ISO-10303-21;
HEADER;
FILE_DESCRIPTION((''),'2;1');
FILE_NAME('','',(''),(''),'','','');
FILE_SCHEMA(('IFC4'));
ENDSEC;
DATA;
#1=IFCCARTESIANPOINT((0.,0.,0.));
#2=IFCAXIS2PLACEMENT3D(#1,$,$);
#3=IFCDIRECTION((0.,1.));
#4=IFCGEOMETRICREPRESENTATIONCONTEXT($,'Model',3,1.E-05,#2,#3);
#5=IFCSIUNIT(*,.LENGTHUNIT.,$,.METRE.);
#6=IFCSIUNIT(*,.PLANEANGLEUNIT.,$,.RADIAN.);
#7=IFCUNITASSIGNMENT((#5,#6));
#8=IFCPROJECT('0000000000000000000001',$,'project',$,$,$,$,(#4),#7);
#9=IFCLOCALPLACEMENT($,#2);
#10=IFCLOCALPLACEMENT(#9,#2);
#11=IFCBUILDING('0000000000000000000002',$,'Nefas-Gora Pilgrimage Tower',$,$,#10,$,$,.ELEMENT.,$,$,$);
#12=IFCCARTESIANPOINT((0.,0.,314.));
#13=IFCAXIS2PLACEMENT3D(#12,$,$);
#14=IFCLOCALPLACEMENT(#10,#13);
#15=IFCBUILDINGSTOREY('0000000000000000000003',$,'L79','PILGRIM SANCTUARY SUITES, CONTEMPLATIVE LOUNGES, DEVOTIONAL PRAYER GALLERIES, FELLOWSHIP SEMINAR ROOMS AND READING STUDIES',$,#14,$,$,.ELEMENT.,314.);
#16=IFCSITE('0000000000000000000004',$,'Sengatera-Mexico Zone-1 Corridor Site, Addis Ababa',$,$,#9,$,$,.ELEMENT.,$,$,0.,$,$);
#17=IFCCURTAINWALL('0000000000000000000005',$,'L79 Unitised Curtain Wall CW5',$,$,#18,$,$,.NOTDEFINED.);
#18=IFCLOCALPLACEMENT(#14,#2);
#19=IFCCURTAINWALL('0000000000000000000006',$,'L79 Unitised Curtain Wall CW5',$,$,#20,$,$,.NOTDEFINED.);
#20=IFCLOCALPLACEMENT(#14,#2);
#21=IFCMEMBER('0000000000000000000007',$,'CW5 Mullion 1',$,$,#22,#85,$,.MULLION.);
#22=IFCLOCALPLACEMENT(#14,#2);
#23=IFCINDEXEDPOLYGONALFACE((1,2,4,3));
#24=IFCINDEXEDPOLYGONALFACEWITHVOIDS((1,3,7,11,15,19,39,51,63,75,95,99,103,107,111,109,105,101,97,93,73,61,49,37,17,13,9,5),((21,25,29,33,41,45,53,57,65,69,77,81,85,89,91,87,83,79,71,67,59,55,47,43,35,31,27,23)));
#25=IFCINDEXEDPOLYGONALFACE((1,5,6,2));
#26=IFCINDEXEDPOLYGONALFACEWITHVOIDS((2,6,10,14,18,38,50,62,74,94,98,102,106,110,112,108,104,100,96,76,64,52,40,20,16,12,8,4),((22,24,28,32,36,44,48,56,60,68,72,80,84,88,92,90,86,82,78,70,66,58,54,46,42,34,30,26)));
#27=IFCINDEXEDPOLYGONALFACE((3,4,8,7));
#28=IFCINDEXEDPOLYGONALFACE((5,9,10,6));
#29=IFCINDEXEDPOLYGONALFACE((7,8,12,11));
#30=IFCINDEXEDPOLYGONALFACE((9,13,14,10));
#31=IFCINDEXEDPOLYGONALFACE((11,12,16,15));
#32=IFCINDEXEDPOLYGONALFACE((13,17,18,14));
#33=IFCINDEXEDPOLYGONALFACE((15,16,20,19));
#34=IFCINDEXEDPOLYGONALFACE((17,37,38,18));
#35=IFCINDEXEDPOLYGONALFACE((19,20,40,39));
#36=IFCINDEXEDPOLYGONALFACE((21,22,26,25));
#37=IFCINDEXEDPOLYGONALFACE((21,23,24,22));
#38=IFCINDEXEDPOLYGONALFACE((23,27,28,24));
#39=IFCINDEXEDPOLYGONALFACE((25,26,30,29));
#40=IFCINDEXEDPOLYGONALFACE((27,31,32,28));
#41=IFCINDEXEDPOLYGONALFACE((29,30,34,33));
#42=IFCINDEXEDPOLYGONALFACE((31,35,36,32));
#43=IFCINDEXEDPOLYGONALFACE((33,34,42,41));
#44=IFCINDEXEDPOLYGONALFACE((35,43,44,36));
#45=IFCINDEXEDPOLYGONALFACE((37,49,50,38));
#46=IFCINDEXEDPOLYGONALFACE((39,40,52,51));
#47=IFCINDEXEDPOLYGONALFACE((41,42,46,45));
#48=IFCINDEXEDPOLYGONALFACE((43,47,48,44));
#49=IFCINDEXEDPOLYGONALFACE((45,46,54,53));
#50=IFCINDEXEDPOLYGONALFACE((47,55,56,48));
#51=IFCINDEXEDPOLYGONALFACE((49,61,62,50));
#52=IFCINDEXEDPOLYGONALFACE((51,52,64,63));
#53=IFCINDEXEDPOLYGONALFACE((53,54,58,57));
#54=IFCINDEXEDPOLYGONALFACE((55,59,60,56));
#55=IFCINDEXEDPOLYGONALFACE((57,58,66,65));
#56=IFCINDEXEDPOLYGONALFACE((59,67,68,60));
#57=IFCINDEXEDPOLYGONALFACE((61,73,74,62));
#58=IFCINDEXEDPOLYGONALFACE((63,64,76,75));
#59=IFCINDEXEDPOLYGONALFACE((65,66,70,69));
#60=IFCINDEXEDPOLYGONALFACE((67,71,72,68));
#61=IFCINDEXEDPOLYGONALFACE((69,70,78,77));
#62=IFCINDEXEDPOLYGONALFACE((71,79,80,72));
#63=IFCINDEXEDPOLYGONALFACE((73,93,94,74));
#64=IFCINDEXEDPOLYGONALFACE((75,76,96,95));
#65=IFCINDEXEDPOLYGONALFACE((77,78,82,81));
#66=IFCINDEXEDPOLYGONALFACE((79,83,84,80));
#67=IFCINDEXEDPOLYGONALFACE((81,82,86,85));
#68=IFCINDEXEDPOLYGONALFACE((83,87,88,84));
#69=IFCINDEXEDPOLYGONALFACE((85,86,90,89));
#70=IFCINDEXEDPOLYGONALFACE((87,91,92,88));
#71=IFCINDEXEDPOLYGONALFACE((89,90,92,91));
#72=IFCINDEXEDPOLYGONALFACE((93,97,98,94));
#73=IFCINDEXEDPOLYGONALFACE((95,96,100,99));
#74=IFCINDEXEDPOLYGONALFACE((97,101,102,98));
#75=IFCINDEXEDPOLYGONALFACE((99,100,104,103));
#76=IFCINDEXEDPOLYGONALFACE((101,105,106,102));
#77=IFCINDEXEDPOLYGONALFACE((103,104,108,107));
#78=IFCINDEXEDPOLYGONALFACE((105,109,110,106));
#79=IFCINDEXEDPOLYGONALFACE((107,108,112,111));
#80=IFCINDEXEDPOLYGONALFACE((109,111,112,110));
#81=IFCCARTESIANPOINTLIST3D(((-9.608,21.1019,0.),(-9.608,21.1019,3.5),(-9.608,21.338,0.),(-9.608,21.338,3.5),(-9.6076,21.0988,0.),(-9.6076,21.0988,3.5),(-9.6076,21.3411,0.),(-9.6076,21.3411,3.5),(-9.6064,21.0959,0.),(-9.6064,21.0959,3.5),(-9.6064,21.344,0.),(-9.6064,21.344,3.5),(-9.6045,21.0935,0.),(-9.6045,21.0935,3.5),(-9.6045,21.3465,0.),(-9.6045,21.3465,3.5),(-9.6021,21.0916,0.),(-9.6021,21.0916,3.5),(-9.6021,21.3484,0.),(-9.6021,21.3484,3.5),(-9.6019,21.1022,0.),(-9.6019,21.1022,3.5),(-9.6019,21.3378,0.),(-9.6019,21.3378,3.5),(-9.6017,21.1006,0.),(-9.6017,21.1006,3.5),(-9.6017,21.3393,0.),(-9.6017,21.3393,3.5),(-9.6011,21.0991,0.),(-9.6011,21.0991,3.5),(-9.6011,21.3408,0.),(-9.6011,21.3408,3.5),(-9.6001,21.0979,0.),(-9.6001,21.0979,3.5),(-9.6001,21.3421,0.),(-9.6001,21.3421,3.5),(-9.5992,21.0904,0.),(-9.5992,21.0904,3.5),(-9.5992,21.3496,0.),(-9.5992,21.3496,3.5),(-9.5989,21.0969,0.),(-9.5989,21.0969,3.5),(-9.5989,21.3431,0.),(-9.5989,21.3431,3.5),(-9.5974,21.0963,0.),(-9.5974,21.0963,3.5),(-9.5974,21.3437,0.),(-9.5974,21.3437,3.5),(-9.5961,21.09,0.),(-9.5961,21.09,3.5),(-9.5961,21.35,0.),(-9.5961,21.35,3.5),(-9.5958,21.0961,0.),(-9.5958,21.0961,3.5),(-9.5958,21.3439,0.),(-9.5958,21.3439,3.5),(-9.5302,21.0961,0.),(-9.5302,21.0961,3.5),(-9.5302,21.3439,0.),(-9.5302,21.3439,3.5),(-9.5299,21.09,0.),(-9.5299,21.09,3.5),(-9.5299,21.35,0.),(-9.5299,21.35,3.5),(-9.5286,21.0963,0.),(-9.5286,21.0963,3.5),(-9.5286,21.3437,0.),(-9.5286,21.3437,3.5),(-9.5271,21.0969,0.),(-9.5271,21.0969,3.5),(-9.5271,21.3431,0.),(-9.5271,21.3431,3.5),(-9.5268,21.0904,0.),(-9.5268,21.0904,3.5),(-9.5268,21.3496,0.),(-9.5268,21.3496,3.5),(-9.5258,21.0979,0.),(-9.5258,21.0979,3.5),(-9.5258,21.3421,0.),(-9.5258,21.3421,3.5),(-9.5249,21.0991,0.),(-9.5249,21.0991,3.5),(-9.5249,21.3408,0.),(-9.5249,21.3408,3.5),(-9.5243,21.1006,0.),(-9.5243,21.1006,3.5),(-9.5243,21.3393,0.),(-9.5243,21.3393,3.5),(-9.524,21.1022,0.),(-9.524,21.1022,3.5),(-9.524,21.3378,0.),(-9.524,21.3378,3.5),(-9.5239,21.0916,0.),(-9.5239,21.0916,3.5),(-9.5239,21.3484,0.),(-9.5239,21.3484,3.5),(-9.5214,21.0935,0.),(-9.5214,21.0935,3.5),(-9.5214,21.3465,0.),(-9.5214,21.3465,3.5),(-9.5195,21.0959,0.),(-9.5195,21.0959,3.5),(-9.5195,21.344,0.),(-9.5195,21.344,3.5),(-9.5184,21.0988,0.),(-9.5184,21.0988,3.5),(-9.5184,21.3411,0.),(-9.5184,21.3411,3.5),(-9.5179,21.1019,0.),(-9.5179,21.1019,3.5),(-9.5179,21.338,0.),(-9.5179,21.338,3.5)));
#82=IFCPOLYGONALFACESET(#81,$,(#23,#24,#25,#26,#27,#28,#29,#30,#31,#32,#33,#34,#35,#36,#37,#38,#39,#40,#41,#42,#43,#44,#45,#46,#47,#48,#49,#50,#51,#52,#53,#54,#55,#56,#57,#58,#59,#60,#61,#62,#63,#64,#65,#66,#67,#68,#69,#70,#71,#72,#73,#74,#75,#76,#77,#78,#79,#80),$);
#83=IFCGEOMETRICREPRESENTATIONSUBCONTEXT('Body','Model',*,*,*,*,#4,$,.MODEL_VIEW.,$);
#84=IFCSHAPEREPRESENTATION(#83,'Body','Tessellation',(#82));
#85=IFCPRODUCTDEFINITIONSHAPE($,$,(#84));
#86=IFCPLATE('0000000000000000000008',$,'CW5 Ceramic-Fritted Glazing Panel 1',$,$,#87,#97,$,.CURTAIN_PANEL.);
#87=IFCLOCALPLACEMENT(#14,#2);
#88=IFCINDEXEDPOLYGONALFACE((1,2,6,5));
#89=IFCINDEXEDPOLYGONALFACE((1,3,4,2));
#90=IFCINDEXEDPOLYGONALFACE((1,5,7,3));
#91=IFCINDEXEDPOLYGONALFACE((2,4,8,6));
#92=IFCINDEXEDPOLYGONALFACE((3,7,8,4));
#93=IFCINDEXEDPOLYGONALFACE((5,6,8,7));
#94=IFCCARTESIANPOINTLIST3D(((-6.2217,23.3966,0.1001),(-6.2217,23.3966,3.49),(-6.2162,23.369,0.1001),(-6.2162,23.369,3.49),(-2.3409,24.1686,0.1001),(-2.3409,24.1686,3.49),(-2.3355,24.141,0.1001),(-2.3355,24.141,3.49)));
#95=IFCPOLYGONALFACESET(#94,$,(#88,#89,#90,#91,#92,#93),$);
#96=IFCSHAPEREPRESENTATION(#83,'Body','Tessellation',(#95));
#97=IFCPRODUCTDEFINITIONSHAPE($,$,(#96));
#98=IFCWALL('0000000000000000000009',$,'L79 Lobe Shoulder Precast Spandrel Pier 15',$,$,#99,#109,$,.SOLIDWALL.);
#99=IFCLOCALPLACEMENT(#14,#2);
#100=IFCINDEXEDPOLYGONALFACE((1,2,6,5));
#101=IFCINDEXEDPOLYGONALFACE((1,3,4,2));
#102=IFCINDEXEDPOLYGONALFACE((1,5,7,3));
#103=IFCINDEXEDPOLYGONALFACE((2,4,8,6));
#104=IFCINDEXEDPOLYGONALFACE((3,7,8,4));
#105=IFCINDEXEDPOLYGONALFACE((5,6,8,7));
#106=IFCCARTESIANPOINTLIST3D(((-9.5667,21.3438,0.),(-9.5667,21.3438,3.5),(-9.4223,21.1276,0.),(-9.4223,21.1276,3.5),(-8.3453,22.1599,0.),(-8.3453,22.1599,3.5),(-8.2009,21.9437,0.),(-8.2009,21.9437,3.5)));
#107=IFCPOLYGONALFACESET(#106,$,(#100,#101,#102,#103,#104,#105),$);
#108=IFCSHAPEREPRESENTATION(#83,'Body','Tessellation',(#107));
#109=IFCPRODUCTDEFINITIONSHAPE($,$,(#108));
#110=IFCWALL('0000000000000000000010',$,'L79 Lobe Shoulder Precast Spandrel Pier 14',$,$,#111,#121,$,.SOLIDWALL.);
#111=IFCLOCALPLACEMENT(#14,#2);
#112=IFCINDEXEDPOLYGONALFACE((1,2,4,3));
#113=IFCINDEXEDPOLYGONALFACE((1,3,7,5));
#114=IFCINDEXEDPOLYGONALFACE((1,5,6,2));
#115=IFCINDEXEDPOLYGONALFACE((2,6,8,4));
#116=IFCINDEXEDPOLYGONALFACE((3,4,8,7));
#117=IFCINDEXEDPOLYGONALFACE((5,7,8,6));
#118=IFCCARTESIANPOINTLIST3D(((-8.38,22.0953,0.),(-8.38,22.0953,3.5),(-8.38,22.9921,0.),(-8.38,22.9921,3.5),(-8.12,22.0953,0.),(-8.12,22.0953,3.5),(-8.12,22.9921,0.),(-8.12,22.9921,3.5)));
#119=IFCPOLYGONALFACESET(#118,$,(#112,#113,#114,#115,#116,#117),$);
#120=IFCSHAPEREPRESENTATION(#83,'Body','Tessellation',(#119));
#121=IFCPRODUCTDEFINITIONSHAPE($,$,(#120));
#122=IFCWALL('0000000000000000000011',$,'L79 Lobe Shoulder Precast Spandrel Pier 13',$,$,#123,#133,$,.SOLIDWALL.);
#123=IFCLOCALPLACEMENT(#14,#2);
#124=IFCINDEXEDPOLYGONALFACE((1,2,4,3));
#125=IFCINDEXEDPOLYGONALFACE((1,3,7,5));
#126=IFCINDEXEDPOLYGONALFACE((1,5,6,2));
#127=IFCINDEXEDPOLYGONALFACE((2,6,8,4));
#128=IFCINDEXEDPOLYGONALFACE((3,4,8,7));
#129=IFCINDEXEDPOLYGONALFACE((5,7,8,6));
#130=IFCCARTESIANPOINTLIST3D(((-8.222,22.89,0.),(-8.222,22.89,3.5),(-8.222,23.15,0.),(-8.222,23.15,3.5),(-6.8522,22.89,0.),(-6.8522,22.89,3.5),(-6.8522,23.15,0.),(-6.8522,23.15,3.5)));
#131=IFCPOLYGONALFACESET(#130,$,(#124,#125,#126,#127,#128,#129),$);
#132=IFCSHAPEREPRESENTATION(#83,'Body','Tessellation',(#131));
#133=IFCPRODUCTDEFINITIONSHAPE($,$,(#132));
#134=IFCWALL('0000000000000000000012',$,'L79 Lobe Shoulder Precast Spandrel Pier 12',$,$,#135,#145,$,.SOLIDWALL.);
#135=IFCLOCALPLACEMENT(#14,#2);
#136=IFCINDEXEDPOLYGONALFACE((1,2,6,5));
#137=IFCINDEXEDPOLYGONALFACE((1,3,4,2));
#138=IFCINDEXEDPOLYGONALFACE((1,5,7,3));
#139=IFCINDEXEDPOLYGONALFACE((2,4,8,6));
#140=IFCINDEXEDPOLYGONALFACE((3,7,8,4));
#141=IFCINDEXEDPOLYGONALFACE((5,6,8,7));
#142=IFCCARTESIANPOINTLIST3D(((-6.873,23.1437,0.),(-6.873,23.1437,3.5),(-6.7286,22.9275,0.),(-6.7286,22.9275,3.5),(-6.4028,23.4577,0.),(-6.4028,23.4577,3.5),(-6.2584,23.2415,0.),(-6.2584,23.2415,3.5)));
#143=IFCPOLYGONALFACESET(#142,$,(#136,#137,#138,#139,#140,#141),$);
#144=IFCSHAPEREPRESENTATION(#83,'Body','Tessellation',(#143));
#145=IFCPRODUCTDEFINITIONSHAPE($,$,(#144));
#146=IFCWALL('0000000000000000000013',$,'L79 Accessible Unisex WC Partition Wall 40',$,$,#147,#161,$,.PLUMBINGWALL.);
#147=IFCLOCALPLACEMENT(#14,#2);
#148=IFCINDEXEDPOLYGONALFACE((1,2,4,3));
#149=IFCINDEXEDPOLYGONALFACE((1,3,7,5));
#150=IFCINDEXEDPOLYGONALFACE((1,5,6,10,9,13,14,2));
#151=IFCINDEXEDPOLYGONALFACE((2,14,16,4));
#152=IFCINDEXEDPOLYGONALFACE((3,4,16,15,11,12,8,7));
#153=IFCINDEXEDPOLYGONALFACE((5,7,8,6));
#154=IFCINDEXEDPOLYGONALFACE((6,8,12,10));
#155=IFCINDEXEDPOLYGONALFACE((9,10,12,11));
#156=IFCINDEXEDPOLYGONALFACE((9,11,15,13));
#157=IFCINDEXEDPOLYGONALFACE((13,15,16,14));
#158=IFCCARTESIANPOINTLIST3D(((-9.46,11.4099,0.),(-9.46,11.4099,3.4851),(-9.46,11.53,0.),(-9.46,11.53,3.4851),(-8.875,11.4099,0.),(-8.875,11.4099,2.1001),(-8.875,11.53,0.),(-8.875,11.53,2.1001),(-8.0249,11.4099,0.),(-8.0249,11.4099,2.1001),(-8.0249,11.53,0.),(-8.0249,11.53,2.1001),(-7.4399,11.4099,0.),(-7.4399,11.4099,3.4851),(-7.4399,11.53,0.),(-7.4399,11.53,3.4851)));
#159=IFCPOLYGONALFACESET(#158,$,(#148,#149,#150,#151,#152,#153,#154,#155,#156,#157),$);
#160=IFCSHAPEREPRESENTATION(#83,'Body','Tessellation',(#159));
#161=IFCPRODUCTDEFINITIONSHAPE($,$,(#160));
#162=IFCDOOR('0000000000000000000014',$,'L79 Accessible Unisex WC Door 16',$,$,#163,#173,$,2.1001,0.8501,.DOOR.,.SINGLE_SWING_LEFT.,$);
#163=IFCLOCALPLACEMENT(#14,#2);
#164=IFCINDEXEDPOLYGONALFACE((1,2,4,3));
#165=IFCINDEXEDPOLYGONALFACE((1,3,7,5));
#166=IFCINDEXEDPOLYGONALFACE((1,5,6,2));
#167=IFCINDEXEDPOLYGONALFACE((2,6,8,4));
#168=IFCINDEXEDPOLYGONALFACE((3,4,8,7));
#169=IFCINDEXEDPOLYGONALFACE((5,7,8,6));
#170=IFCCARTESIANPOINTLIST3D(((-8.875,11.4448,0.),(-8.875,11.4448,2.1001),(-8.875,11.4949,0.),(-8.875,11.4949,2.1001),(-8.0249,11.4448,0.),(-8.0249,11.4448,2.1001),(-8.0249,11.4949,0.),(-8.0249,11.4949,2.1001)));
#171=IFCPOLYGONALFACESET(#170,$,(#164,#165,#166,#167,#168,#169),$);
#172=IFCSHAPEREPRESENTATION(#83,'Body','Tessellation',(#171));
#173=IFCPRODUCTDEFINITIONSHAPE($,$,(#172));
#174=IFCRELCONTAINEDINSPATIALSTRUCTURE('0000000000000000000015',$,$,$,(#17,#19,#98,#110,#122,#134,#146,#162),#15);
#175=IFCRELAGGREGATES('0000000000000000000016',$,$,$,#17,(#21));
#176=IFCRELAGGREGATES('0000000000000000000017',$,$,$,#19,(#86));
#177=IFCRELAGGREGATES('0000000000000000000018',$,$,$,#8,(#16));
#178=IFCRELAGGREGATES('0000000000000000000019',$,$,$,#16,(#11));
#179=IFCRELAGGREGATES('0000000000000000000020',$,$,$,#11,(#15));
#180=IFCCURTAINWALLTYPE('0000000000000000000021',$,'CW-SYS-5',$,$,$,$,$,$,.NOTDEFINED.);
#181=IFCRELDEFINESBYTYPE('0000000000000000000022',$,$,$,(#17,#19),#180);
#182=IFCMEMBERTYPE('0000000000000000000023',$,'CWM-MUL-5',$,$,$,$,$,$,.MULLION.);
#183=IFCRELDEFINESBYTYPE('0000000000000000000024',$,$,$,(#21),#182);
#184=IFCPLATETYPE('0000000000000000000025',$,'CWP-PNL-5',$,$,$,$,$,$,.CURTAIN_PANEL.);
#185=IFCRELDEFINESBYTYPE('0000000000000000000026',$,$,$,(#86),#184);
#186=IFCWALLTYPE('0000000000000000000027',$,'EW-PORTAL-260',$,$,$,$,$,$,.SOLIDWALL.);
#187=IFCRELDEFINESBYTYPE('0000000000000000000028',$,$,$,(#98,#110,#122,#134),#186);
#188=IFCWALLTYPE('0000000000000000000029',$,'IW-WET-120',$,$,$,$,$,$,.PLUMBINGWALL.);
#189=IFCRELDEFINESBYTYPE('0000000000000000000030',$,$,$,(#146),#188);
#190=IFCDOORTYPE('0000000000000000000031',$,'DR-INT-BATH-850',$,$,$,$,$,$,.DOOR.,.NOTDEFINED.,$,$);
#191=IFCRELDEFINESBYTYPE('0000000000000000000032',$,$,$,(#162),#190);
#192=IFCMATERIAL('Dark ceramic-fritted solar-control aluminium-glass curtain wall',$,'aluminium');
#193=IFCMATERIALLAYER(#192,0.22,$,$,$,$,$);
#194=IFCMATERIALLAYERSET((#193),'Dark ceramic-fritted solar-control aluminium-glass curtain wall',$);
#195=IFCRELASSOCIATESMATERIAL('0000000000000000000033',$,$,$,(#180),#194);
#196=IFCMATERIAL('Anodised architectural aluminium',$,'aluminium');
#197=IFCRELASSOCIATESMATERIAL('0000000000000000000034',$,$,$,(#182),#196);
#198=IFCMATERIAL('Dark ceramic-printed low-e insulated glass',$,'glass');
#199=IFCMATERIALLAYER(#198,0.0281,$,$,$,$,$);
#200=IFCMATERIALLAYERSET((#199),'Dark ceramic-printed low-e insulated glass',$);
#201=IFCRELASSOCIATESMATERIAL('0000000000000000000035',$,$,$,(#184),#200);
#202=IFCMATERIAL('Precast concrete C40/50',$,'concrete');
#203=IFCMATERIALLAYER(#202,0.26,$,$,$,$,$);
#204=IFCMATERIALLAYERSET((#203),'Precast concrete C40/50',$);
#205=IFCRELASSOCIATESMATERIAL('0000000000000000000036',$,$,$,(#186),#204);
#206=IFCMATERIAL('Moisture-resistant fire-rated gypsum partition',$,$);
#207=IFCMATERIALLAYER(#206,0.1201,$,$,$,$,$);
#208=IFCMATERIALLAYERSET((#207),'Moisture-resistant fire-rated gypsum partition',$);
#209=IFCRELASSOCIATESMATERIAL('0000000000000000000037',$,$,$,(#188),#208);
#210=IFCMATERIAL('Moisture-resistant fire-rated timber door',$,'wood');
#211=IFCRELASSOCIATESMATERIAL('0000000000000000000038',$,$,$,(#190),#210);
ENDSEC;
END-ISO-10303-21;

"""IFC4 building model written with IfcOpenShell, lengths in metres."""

from ifc_helpers import new_model, si_unit, direction, frame, frame_2d, origin, origin_2d, place, context, subcontext, project, spatial, rectangle, hollow_rectangle, extrude, source, transform, mapped, material, layer, layer_set, material_profile, profile_set, type_object, element, fill, aggregate, save


model = new_model("IFC4")

# Units and contexts
model_context = context("Model", 3, precision=1e-05, world=origin(), true_north=direction((0.0, 1.0)))
body_context = subcontext(model_context, "Body", "Model", "MODEL_VIEW")
ifc_project = project(units=[si_unit("LENGTHUNIT", "METRE"), si_unit("PLANEANGLEUNIT", "RADIAN")], contexts=[model_context])

# Site, building, storey
site_placement = place(None, origin())
site = spatial("IfcSite", under=ifc_project, at=site_placement, Name="Sengatera-Mexico Zone-1 Corridor Site, Addis Ababa", CompositionType="ELEMENT", RefElevation=0.0)
building_placement = place(site_placement, origin())
building = spatial("IfcBuilding", under=site, at=building_placement, Name="Nefas-Gora Pilgrimage Tower", CompositionType="ELEMENT")
storey_placement = place(building_placement, frame((0.0, 0.0, 314.0)))
storey = spatial("IfcBuildingStorey", under=building, at=storey_placement, Name="L79", Description="PILGRIM SANCTUARY SUITES, CONTEMPLATIVE LOUNGES, DEVOTIONAL PRAYER GALLERIES, FELLOWSHIP SEMINAR ROOMS AND READING STUDIES", CompositionType="ELEMENT", Elevation=314.0)

# Curtain wall
ifc_material_1 = material(Name="Dark ceramic-fritted solar-control aluminium-glass curtain wall", Category="aluminium")
ifc_layer_1 = layer(ifc_material_1, 0.22)
ifc_layer_set_1 = layer_set([ifc_layer_1], Name="Dark ceramic-fritted solar-control aluminium-glass curtain wall")
curtain_wall_type = type_object("IfcCurtainWallType", Name="CW-SYS-5", PredefinedType="NOTDEFINED", material=ifc_layer_set_1)
curtain_wall_1_placement = place(storey_placement, origin())
curtain_wall_1 = element("IfcCurtainWall", 1, at=curtain_wall_1_placement, inside=storey, type_object=curtain_wall_type, Name="L79 Unitised Curtain Wall CW5", PredefinedType="NOTDEFINED")
ifc_material_2 = material(Name="Anodised architectural aluminium", Category="aluminium")

# Curtain wall
curtain_wall_2_placement = place(storey_placement, origin())
curtain_wall_2 = element("IfcCurtainWall", 2, at=curtain_wall_2_placement, inside=storey, type_object=curtain_wall_type, Name="L79 Unitised Curtain Wall CW5", PredefinedType="NOTDEFINED")
ifc_material_profile_1 = material_profile(ifc_material_2, hollow_rectangle(XDim=0.0901, YDim=0.26, WallThickness=0.0061, InnerFilletRadius=0.0061, OuterFilletRadius=0.012, at=origin_2d()), Name="ALU MULLION 90x260")
ifc_profile_set_1 = profile_set([ifc_material_profile_1], Name="Anodised architectural aluminium")
member_type_1 = type_object("IfcMemberType", Name="CWM-MUL-5", PredefinedType="MULLION", material=ifc_profile_set_1)
shared_shape_1 = source(origin(), body_context, "Body", "SweptSolid", [
    extrude(hollow_rectangle(XDim=0.0901, YDim=0.26, WallThickness=0.0061, InnerFilletRadius=0.0061, OuterFilletRadius=0.012, at=origin_2d()), origin(), (0.0, 0.0, 1.0), 3.5),
])

# Member
member_1_placement = place(storey_placement, frame((-9.563, 21.22, 0.0), z_axis=(0.0, 0.0, 1.0), x_axis=(-1.0, 0.0, 0.0)))
member_1 = element("IfcMember", 3, at=member_1_placement, type_object=member_type_1, Name="CW5 Mullion 1", PredefinedType="MULLION", context=body_context, shape_type="MappedRepresentation", body=[
    mapped(shared_shape_1, transform((0.0, 0.0, 0.0), x_axis=(1.0, 0.0, 0.0), y_axis=(0.0, 1.0, 0.0), z_axis=(0.0, 0.0, 1.0), scale=1.0)),
])
aggregate(curtain_wall_1, [member_1])

# Plate
ifc_material_3 = material(Name="Dark ceramic-printed low-e insulated glass", Category="glass")
ifc_layer_2 = layer(ifc_material_3, 0.0281)
ifc_layer_set_2 = layer_set([ifc_layer_2], Name="Dark ceramic-printed low-e insulated glass")
plate_type = type_object("IfcPlateType", Name="CWP-PNL-5", PredefinedType="CURTAIN_PANEL", material=ifc_layer_set_2)
shared_shape_2 = source(origin(), body_context, "Body", "SweptSolid", [
    extrude(rectangle(XDim=3.9568, YDim=0.0281, at=origin_2d()), origin(), (0.0, 0.0, 1.0), 3.3899),
])
plate_placement = place(storey_placement, frame((-4.2786, 23.7688, 0.1001), z_axis=(0.0, 0.0, 1.0), x_axis=(-0.980783, -0.195102, 0.0)))
plate = element("IfcPlate", 4, at=plate_placement, type_object=plate_type, Name="CW5 Ceramic-Fritted Glazing Panel 1", PredefinedType="CURTAIN_PANEL", context=body_context, shape_type="MappedRepresentation", body=[
    mapped(shared_shape_2, transform((0.0, 0.0, 0.0), x_axis=(1.0, 0.0, 0.0), y_axis=(0.0, 1.0, 0.0), z_axis=(0.0, 0.0, 1.0), scale=1.0)),
])
aggregate(curtain_wall_2, [plate])

# Walls
ifc_material_4 = material(Name="Precast concrete C40/50", Category="concrete")
ifc_layer_3 = layer(ifc_material_4, 0.26)
ifc_layer_set_3 = layer_set([ifc_layer_3], Name="Precast concrete C40/50")
wall_type_1 = type_object("IfcWallType", Name="EW-PORTAL-260", PredefinedType="SOLIDWALL", material=ifc_layer_set_3)
shared_shape_3 = source(origin(), body_context, "Body", "SweptSolid", [
    extrude(rectangle(XDim=1.469, YDim=0.26, at=frame_2d((0.7344, 0.0))), origin(), (0.0, 0.0, 1.0), 3.5),
])
wall_1_placement = place(storey_placement, frame((-8.2732, 22.0518, 0.0), z_axis=(0.0, 0.0, 1.0), x_axis=(-0.831462, -0.555582, 0.0)))
element("IfcWall", 5, at=wall_1_placement, inside=storey, type_object=wall_type_1, Name="L79 Lobe Shoulder Precast Spandrel Pier 15", PredefinedType="SOLIDWALL", context=body_context, shape_type="MappedRepresentation", body=[
    mapped(shared_shape_3, transform((0.0, 0.0, 0.0), x_axis=(1.0, 0.0, 0.0), y_axis=(0.0, 1.0, 0.0), z_axis=(0.0, 0.0, 1.0), scale=1.0)),
])
shared_shape_4 = source(origin(), body_context, "Body", "SweptSolid", [
    extrude(rectangle(XDim=0.8967, YDim=0.26, at=frame_2d((0.4482, 0.0))), origin(), (0.0, 0.0, 1.0), 3.5),
])
wall_2_placement = place(storey_placement, frame((-8.25, 22.9919, 0.0), z_axis=(0.0, 0.0, 1.0), x_axis=(0.0, -1.0, 0.0)))
element("IfcWall", 6, at=wall_2_placement, inside=storey, type_object=wall_type_1, Name="L79 Lobe Shoulder Precast Spandrel Pier 14", PredefinedType="SOLIDWALL", context=body_context, shape_type="MappedRepresentation", body=[
    mapped(shared_shape_4, transform((0.0, 0.0, 0.0), x_axis=(1.0, 0.0, 0.0), y_axis=(0.0, 1.0, 0.0), z_axis=(0.0, 0.0, 1.0), scale=1.0)),
])
shared_shape_5 = source(origin(), body_context, "Body", "SweptSolid", [
    extrude(rectangle(XDim=1.3699, YDim=0.26, at=frame_2d((0.6851, 0.0))), origin(), (0.0, 0.0, 1.0), 3.5),
])
wall_3_placement = place(storey_placement, frame((-6.8521, 23.02, 0.0), z_axis=(0.0, 0.0, 1.0), x_axis=(-1.0, 0.0, 0.0)))
element("IfcWall", 7, at=wall_3_placement, inside=storey, type_object=wall_type_1, Name="L79 Lobe Shoulder Precast Spandrel Pier 13", PredefinedType="SOLIDWALL", context=body_context, shape_type="MappedRepresentation", body=[
    mapped(shared_shape_5, transform((0.0, 0.0, 0.0), x_axis=(1.0, 0.0, 0.0), y_axis=(0.0, 1.0, 0.0), z_axis=(0.0, 0.0, 1.0), scale=1.0)),
])
shared_shape_6 = source(origin(), body_context, "Body", "SweptSolid", [
    extrude(rectangle(XDim=0.5654, YDim=0.26, at=frame_2d((0.2827, 0.0))), origin(), (0.0, 0.0, 1.0), 3.5),
])
wall_4_placement = place(storey_placement, frame((-6.3306, 23.3496, 0.0), z_axis=(0.0, 0.0, 1.0), x_axis=(-0.831651, -0.555298, 0.0)))
element("IfcWall", 8, at=wall_4_placement, inside=storey, type_object=wall_type_1, Name="L79 Lobe Shoulder Precast Spandrel Pier 12", PredefinedType="SOLIDWALL", context=body_context, shape_type="MappedRepresentation", body=[
    mapped(shared_shape_6, transform((0.0, 0.0, 0.0), x_axis=(1.0, 0.0, 0.0), y_axis=(0.0, 1.0, 0.0), z_axis=(0.0, 0.0, 1.0), scale=1.0)),
])

# Wall, opening, door
ifc_material_5 = material(Name="Moisture-resistant fire-rated gypsum partition")
ifc_layer_4 = layer(ifc_material_5, 0.1201)
ifc_layer_set_4 = layer_set([ifc_layer_4], Name="Moisture-resistant fire-rated gypsum partition")
wall_type_2 = type_object("IfcWallType", Name="IW-WET-120", PredefinedType="PLUMBINGWALL", material=ifc_layer_set_4)
shared_shape_7 = source(origin(), body_context, "Body", "SweptSolid", [
    extrude(rectangle(XDim=2.02, YDim=0.1201, at=frame_2d((1.01, 0.0))), origin(), (0.0, 0.0, 1.0), 3.4851),
])
wall_5_placement = place(storey_placement, frame((-9.46, 11.47, 0.0), z_axis=(0.0, 0.0, 1.0), x_axis=(1.0, 0.0, 0.0)))
wall_5 = element("IfcWall", 9, at=wall_5_placement, inside=storey, type_object=wall_type_2, Name="L79 Accessible Unisex WC Partition Wall 40", PredefinedType="PLUMBINGWALL", context=body_context, shape_type="MappedRepresentation", body=[
    mapped(shared_shape_7, transform((0.0, 0.0, 0.0), x_axis=(1.0, 0.0, 0.0), y_axis=(0.0, 1.0, 0.0), z_axis=(0.0, 0.0, 1.0), scale=1.0)),
])
opening_1_placement = place(wall_5_placement, frame((0.585, 0.0, 0.0)))
opening_1 = element("IfcOpeningElement", 10, at=opening_1_placement, cuts=wall_5, PredefinedType="OPENING", context=body_context, shape_type="SweptSolid", body=[
    extrude(rectangle(XDim=0.8501, YDim=2.1001, at=frame_2d((0.425, 1.05))), frame((0.0, 0.0701, 0.0), z_axis=(0.0, -1.0, 0.0), x_axis=(1.0, 0.0, 0.0)), (0.0, 0.0, 1.0), 0.1401),
])
ifc_material_6 = material(Name="Moisture-resistant fire-rated timber door", Category="wood")
door_type_1 = type_object("IfcDoorType", Name="DR-INT-BATH-850", OperationType="NOTDEFINED", PredefinedType="DOOR", material=ifc_material_6)
shared_shape_8 = source(origin(), body_context, "Body", "SweptSolid", [
    extrude(rectangle(XDim=0.8501, YDim=2.1001, at=frame_2d((0.425, 1.05))), frame((0.0, 0.0249, 0.0), z_axis=(0.0, -1.0, 0.0), x_axis=(1.0, 0.0, 0.0)), (0.0, 0.0, 1.0), 0.05),
])
door_1_placement = place(opening_1_placement, origin())
door_1 = element("IfcDoor", 11, at=door_1_placement, inside=storey, type_object=door_type_1, Name="L79 Accessible Unisex WC Door 16", OperationType="SINGLE_SWING_LEFT", OverallHeight=2.1001, OverallWidth=0.8501, PredefinedType="DOOR", context=body_context, shape_type="MappedRepresentation", body=[
    mapped(shared_shape_8, transform((0.0, 0.0, 0.0), x_axis=(1.0, 0.0, 0.0), y_axis=(0.0, 1.0, 0.0), z_axis=(0.0, 0.0, 1.0), scale=1.0)),
])
fill(opening_1, door_1)

save(model, "model.ifc")
